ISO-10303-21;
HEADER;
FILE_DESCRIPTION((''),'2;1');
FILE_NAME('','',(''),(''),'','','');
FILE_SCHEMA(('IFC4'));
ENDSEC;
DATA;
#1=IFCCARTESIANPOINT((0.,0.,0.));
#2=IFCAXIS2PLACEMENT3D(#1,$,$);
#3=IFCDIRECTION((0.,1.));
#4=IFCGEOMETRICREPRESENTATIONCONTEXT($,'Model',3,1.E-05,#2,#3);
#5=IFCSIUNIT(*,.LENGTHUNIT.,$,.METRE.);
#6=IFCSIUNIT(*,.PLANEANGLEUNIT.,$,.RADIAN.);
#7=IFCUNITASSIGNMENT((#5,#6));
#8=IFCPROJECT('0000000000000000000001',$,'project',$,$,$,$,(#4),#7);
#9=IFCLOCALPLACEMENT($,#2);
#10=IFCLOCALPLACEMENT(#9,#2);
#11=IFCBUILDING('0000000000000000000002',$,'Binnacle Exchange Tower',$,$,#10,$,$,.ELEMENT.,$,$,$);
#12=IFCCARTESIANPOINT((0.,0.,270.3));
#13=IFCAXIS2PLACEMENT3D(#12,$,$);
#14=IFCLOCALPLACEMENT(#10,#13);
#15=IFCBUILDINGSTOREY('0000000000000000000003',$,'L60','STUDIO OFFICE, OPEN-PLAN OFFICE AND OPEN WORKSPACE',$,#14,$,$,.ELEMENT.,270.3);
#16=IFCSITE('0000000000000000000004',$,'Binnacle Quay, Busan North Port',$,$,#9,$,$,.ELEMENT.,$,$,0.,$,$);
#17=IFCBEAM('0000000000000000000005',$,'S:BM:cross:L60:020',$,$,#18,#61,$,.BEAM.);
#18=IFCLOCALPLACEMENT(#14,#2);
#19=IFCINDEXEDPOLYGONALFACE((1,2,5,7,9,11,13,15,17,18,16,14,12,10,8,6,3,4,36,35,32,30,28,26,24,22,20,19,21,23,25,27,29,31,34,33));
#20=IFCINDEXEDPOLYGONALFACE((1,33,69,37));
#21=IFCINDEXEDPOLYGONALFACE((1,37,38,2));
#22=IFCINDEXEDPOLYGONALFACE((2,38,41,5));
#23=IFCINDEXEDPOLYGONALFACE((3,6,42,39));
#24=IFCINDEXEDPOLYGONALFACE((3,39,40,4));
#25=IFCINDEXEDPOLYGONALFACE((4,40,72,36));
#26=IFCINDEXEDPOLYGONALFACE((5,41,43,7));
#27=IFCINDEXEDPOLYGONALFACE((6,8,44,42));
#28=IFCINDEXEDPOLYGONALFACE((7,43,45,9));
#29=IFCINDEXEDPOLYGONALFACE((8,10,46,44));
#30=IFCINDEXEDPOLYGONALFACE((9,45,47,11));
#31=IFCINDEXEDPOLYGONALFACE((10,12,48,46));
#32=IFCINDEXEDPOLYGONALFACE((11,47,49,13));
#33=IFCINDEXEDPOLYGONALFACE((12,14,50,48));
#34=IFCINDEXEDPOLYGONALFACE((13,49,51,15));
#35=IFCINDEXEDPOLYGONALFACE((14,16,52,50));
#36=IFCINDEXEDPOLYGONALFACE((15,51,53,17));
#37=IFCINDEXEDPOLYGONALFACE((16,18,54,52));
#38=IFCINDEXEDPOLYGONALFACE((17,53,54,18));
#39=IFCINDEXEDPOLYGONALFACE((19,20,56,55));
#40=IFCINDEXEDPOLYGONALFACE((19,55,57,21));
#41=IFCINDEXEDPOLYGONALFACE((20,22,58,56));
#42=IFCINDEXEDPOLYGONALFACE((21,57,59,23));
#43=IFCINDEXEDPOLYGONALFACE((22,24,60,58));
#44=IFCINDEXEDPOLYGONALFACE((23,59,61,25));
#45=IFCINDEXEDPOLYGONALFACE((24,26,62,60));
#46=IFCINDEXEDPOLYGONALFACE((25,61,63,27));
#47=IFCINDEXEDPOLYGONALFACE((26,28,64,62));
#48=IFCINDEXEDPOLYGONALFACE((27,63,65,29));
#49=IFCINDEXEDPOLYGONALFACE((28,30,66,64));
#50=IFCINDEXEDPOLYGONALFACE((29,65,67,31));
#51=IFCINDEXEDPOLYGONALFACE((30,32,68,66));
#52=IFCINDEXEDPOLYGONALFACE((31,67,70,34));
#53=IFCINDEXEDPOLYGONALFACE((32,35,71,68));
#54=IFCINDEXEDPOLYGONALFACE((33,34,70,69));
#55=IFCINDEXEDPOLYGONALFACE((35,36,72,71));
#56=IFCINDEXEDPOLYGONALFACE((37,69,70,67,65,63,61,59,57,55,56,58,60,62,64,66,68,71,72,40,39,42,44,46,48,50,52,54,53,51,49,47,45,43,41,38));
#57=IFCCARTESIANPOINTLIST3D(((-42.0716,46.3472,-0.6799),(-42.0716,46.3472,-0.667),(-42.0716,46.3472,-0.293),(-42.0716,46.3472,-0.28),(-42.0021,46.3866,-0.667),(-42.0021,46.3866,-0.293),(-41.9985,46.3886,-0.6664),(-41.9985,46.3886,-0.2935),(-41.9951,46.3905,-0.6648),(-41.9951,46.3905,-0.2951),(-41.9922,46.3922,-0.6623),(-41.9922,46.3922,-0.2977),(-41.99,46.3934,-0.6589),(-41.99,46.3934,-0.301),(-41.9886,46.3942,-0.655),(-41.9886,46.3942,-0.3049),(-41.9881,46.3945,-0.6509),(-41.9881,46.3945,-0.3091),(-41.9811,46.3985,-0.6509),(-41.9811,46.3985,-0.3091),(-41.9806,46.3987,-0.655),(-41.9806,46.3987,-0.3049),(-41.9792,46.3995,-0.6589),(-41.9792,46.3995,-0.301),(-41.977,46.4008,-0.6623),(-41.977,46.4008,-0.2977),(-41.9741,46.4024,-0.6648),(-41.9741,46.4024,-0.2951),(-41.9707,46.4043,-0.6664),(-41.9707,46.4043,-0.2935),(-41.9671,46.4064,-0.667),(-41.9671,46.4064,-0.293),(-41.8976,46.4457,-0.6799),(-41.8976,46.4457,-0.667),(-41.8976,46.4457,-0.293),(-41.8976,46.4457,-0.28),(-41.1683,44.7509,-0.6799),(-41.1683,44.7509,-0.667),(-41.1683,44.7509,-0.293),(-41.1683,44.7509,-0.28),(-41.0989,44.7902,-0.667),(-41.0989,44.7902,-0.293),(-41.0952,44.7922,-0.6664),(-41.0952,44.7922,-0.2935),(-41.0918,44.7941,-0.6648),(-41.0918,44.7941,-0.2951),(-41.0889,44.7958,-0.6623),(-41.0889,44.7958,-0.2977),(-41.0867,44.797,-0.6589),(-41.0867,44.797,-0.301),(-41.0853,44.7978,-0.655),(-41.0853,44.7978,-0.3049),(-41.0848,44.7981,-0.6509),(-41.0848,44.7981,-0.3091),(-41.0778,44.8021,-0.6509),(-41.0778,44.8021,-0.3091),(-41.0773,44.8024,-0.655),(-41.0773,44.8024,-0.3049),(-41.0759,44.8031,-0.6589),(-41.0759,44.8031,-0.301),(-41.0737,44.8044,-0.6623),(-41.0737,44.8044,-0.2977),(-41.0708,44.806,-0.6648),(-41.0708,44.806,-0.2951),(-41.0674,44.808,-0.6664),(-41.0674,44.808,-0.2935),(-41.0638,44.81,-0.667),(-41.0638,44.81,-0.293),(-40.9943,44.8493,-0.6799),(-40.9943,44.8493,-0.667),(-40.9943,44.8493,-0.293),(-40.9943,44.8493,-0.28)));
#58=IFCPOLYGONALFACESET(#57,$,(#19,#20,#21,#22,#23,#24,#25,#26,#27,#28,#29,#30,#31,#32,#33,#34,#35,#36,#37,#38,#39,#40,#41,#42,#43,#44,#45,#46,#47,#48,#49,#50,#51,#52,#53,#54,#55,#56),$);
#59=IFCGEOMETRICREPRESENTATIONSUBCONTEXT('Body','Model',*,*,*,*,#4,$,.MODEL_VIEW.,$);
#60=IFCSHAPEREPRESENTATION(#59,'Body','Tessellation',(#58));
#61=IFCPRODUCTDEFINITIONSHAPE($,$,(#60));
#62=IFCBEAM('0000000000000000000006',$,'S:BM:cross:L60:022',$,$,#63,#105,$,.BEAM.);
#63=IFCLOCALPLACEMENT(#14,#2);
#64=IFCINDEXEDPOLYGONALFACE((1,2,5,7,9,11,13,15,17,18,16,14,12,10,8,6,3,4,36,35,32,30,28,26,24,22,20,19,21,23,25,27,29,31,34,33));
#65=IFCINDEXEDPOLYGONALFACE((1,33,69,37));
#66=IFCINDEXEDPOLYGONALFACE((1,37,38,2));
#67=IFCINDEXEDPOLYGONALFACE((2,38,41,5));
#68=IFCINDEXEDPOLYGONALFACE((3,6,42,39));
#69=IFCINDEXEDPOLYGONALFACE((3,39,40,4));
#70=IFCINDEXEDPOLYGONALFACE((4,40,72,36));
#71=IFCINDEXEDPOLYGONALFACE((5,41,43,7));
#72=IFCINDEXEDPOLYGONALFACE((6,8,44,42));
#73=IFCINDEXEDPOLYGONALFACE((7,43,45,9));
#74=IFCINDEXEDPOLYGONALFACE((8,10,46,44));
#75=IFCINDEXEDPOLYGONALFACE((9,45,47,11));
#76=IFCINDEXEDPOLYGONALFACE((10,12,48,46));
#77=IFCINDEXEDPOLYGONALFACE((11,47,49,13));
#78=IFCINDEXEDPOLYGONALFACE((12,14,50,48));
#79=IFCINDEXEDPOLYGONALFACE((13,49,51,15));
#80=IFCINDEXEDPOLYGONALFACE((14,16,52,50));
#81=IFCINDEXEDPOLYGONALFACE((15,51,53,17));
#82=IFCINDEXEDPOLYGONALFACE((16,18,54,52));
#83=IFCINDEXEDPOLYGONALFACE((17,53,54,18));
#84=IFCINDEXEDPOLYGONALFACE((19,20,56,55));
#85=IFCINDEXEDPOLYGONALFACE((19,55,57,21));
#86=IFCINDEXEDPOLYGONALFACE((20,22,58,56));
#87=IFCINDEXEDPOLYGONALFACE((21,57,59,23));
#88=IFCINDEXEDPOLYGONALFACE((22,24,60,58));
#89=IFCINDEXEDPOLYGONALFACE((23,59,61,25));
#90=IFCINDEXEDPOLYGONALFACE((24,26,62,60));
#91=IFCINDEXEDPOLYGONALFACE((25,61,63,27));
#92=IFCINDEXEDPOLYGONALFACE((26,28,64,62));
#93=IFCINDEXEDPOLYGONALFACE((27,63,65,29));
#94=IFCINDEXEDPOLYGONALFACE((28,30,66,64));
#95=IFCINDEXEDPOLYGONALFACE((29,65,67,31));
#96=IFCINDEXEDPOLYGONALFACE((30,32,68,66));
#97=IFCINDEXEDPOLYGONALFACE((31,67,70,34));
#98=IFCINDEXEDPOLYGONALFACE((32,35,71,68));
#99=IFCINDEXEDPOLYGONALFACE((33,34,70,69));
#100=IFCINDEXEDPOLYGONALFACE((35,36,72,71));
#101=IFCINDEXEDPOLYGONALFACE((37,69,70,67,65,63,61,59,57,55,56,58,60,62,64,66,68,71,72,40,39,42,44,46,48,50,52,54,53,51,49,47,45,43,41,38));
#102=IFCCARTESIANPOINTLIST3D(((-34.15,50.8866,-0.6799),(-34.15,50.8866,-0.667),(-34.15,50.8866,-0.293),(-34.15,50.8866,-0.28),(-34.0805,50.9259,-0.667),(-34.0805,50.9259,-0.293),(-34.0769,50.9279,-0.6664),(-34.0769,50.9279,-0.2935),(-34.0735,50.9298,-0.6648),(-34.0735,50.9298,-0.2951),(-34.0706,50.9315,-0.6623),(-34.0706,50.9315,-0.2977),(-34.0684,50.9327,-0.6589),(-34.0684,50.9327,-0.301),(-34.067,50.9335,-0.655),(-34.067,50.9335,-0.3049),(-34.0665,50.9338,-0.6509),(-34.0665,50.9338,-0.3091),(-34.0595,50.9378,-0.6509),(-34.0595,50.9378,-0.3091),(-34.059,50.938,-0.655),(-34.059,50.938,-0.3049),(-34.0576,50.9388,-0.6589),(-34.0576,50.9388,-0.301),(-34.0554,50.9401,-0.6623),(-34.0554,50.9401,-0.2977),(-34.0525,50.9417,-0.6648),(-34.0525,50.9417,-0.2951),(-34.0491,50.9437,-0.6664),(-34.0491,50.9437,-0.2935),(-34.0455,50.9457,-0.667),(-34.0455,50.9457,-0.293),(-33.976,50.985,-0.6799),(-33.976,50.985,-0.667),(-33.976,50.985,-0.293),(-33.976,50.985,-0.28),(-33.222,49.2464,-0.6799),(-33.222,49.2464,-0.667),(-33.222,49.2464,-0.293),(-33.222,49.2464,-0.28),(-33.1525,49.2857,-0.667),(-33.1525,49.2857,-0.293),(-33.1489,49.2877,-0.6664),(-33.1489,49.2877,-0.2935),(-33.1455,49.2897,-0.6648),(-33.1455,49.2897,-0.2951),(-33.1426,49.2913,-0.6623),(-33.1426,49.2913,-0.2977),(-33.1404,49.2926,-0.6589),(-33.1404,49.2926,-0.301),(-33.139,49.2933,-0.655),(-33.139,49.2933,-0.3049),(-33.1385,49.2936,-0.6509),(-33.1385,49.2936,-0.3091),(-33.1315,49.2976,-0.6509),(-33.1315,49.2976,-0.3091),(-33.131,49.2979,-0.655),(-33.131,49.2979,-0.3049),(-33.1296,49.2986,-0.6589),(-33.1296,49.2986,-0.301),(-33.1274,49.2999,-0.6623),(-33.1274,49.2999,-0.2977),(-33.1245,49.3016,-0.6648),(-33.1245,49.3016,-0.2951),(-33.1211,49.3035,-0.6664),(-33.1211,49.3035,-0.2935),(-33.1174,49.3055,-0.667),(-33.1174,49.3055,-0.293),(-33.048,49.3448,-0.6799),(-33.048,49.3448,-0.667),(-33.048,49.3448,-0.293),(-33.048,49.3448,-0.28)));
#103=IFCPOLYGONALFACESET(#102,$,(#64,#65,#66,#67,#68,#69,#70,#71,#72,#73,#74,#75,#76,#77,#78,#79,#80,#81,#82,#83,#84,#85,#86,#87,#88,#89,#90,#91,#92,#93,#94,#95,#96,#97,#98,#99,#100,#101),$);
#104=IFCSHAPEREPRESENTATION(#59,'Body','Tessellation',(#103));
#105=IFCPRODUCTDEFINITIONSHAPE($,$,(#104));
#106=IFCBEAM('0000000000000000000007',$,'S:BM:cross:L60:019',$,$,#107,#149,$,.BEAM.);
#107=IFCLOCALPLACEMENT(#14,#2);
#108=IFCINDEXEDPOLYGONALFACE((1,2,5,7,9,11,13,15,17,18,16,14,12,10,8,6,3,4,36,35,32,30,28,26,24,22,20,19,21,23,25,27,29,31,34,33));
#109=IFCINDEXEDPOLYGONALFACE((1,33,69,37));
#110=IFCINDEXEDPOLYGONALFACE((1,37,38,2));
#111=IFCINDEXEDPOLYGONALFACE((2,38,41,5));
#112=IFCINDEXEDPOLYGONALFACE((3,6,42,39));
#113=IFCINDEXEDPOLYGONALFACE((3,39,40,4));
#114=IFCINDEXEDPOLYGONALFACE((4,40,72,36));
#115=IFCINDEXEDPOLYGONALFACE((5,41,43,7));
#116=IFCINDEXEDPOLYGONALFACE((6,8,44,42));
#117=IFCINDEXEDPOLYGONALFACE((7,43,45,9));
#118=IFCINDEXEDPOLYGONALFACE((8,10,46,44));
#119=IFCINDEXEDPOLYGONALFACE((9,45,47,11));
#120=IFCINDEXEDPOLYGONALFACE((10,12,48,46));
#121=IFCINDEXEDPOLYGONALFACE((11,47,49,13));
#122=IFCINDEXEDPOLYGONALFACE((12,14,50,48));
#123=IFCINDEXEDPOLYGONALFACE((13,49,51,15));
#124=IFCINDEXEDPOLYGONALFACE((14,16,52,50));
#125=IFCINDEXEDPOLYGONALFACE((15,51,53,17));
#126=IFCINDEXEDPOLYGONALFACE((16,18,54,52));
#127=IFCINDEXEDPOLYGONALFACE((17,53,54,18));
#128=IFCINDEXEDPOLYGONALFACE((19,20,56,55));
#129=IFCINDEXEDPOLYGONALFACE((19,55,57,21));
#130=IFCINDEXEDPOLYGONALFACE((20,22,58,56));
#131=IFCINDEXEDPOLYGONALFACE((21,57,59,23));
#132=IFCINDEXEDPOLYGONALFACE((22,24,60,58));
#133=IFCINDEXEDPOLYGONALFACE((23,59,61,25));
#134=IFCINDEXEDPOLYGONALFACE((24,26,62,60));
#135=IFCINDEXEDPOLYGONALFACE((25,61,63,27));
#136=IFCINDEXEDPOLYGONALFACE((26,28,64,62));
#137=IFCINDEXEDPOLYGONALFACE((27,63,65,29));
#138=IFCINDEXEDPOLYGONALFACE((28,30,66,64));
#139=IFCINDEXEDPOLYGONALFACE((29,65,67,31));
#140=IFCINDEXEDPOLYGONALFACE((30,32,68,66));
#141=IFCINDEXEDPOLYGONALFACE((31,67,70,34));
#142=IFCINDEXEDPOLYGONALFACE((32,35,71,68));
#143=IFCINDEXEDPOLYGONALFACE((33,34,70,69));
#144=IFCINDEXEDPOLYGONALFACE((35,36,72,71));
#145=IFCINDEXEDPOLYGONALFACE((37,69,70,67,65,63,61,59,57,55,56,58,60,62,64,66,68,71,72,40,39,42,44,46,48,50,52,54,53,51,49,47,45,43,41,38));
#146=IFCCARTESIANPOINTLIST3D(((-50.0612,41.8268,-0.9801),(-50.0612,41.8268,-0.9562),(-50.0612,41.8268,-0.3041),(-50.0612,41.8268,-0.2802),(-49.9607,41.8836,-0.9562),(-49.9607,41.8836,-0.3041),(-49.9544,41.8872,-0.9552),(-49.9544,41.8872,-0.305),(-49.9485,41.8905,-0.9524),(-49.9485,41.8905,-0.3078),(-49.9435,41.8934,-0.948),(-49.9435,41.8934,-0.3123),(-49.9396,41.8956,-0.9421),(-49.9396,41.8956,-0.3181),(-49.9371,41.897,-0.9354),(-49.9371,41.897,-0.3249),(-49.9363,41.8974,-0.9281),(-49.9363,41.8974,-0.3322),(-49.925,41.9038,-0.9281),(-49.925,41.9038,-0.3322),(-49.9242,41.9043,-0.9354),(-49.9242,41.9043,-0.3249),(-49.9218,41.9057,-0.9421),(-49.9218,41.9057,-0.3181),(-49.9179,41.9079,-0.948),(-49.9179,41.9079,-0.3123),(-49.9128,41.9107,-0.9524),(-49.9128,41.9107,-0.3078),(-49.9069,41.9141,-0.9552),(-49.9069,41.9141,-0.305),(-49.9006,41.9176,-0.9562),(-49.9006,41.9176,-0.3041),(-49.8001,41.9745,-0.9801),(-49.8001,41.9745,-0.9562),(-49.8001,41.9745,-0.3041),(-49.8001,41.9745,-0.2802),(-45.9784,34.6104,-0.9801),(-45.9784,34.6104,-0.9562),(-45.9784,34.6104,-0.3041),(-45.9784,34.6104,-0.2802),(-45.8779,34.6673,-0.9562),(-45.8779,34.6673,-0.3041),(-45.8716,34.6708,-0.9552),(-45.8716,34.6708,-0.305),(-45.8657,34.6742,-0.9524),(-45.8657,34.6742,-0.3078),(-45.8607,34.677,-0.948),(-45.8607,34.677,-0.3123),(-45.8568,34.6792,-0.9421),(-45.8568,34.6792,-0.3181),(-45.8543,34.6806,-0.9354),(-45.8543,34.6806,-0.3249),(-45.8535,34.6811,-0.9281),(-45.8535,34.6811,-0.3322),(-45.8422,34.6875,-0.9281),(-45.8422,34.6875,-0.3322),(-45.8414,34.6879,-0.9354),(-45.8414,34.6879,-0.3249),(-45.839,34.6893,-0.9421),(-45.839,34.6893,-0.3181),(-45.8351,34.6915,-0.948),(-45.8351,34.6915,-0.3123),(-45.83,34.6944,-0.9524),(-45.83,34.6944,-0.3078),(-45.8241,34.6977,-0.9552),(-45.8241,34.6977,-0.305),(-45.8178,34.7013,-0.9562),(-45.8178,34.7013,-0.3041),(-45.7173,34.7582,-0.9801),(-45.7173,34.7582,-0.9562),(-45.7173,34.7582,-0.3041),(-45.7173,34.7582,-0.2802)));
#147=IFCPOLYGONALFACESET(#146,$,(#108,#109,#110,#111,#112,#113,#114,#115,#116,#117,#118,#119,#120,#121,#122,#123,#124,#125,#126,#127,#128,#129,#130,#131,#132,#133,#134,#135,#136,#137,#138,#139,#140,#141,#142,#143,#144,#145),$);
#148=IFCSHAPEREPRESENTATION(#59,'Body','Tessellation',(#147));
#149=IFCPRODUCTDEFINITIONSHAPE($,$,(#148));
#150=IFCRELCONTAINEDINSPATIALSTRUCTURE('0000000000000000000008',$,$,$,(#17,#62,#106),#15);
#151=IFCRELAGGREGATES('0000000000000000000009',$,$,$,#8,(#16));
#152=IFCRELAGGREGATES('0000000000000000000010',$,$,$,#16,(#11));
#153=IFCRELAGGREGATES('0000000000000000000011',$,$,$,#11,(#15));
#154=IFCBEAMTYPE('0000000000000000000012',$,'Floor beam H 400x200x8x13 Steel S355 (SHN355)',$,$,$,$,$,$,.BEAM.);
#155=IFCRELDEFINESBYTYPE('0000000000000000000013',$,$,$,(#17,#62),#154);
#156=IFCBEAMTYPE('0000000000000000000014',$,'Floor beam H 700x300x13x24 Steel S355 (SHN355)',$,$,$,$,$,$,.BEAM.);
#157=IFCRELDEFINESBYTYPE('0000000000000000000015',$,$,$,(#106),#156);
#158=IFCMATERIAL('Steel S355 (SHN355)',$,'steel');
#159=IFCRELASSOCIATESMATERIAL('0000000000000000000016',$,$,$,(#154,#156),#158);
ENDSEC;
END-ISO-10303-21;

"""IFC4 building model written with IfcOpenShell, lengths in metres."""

from ifc_helpers import new_model, si_unit, direction, frame, origin, origin_2d, place, context, subcontext, project, spatial, i_section, extrude, material, material_profile, profile_set, type_object, element, save


model = new_model("IFC4")

# Units and contexts
model_context = context("Model", 3, precision=1e-05, world=origin(), true_north=direction((0.0, 1.0)))
body_context = subcontext(model_context, "Body", "Model", "MODEL_VIEW")
ifc_project = project(units=[si_unit("LENGTHUNIT", "METRE"), si_unit("PLANEANGLEUNIT", "RADIAN")], contexts=[model_context])

# Site, building, storey
site_placement = place(None, origin())
site = spatial("IfcSite", under=ifc_project, at=site_placement, Name="Binnacle Quay, Busan North Port", CompositionType="ELEMENT", RefElevation=0.0)
building_placement = place(site_placement, origin())
building = spatial("IfcBuilding", under=site, at=building_placement, Name="Binnacle Exchange Tower", CompositionType="ELEMENT")
storey_placement = place(building_placement, frame((0.0, 0.0, 270.3)))
storey = spatial("IfcBuildingStorey", under=building, at=storey_placement, Name="L60", Description="STUDIO OFFICE, OPEN-PLAN OFFICE AND OPEN WORKSPACE", CompositionType="ELEMENT", Elevation=270.3)

# Beams
ifc_material_1 = material(Name="Steel S355 (SHN355)", Category="steel")
ifc_material_profile_1 = material_profile(ifc_material_1, i_section(OverallWidth=0.2, OverallDepth=0.3999, WebThickness=0.0081, FlangeThickness=0.0129, FilletRadius=0.0161, at=origin_2d()), Name="H 400x200x8x13")
ifc_profile_set_1 = profile_set([ifc_material_profile_1], Name="Steel S355 (SHN355)")
beam_type_1 = type_object("IfcBeamType", Name="Floor beam H 400x200x8x13 Steel S355 (SHN355)", PredefinedType="BEAM", material=ifc_profile_set_1)
beam_1_placement = place(storey_placement, frame((-41.9846, 46.3965, -0.48), z_axis=(0.492465, -0.870332, 0.0), x_axis=(0.870332, 0.492465, 0.0)))
element("IfcBeam", 1, at=beam_1_placement, inside=storey, type_object=beam_type_1, Name="S:BM:cross:L60:020", PredefinedType="BEAM", context=body_context, shape_type="SweptSolid", body=[
    extrude(i_section(OverallWidth=0.2, OverallDepth=0.3999, WebThickness=0.0081, FlangeThickness=0.0129, FilletRadius=0.0161, at=origin_2d()), origin(), (0.0, 0.0, 1.0), 1.8342),
])
beam_2_placement = place(storey_placement, frame((-34.063, 50.9358, -0.48), z_axis=(0.492437, -0.870348, 0.0), x_axis=(0.870348, 0.492437, 0.0)))
element("IfcBeam", 2, at=beam_2_placement, inside=storey, type_object=beam_type_1, Name="S:BM:cross:L60:022", PredefinedType="BEAM", context=body_context, shape_type="SweptSolid", body=[
    extrude(i_section(OverallWidth=0.2, OverallDepth=0.3999, WebThickness=0.0081, FlangeThickness=0.0129, FilletRadius=0.0161, at=origin_2d()), origin(), (0.0, 0.0, 1.0), 1.8845),
])
ifc_material_profile_2 = material_profile(ifc_material_1, i_section(OverallWidth=0.3, OverallDepth=0.7, WebThickness=0.0129, FlangeThickness=0.0239, FilletRadius=0.0281, at=origin_2d()), Name="H 700x300x13x24")
ifc_profile_set_2 = profile_set([ifc_material_profile_2], Name="Steel S355 (SHN355)")
beam_type_2 = type_object("IfcBeamType", Name="Floor beam H 700x300x13x24 Steel S355 (SHN355)", PredefinedType="BEAM", material=ifc_profile_set_2)
beam_3_placement = place(storey_placement, frame((-49.9307, 41.9006, -0.6301), z_axis=(0.492421, -0.870357, 0.0), x_axis=(0.870357, 0.492421, 0.0)))
element("IfcBeam", 3, at=beam_3_placement, inside=storey, type_object=beam_type_2, Name="S:BM:cross:L60:019", PredefinedType="BEAM", context=body_context, shape_type="SweptSolid", body=[
    extrude(i_section(OverallWidth=0.3, OverallDepth=0.7, WebThickness=0.0129, FlangeThickness=0.0239, FilletRadius=0.0281, at=origin_2d()), origin(), (0.0, 0.0, 1.0), 8.2913),
])

save(model, "model.ifc")
